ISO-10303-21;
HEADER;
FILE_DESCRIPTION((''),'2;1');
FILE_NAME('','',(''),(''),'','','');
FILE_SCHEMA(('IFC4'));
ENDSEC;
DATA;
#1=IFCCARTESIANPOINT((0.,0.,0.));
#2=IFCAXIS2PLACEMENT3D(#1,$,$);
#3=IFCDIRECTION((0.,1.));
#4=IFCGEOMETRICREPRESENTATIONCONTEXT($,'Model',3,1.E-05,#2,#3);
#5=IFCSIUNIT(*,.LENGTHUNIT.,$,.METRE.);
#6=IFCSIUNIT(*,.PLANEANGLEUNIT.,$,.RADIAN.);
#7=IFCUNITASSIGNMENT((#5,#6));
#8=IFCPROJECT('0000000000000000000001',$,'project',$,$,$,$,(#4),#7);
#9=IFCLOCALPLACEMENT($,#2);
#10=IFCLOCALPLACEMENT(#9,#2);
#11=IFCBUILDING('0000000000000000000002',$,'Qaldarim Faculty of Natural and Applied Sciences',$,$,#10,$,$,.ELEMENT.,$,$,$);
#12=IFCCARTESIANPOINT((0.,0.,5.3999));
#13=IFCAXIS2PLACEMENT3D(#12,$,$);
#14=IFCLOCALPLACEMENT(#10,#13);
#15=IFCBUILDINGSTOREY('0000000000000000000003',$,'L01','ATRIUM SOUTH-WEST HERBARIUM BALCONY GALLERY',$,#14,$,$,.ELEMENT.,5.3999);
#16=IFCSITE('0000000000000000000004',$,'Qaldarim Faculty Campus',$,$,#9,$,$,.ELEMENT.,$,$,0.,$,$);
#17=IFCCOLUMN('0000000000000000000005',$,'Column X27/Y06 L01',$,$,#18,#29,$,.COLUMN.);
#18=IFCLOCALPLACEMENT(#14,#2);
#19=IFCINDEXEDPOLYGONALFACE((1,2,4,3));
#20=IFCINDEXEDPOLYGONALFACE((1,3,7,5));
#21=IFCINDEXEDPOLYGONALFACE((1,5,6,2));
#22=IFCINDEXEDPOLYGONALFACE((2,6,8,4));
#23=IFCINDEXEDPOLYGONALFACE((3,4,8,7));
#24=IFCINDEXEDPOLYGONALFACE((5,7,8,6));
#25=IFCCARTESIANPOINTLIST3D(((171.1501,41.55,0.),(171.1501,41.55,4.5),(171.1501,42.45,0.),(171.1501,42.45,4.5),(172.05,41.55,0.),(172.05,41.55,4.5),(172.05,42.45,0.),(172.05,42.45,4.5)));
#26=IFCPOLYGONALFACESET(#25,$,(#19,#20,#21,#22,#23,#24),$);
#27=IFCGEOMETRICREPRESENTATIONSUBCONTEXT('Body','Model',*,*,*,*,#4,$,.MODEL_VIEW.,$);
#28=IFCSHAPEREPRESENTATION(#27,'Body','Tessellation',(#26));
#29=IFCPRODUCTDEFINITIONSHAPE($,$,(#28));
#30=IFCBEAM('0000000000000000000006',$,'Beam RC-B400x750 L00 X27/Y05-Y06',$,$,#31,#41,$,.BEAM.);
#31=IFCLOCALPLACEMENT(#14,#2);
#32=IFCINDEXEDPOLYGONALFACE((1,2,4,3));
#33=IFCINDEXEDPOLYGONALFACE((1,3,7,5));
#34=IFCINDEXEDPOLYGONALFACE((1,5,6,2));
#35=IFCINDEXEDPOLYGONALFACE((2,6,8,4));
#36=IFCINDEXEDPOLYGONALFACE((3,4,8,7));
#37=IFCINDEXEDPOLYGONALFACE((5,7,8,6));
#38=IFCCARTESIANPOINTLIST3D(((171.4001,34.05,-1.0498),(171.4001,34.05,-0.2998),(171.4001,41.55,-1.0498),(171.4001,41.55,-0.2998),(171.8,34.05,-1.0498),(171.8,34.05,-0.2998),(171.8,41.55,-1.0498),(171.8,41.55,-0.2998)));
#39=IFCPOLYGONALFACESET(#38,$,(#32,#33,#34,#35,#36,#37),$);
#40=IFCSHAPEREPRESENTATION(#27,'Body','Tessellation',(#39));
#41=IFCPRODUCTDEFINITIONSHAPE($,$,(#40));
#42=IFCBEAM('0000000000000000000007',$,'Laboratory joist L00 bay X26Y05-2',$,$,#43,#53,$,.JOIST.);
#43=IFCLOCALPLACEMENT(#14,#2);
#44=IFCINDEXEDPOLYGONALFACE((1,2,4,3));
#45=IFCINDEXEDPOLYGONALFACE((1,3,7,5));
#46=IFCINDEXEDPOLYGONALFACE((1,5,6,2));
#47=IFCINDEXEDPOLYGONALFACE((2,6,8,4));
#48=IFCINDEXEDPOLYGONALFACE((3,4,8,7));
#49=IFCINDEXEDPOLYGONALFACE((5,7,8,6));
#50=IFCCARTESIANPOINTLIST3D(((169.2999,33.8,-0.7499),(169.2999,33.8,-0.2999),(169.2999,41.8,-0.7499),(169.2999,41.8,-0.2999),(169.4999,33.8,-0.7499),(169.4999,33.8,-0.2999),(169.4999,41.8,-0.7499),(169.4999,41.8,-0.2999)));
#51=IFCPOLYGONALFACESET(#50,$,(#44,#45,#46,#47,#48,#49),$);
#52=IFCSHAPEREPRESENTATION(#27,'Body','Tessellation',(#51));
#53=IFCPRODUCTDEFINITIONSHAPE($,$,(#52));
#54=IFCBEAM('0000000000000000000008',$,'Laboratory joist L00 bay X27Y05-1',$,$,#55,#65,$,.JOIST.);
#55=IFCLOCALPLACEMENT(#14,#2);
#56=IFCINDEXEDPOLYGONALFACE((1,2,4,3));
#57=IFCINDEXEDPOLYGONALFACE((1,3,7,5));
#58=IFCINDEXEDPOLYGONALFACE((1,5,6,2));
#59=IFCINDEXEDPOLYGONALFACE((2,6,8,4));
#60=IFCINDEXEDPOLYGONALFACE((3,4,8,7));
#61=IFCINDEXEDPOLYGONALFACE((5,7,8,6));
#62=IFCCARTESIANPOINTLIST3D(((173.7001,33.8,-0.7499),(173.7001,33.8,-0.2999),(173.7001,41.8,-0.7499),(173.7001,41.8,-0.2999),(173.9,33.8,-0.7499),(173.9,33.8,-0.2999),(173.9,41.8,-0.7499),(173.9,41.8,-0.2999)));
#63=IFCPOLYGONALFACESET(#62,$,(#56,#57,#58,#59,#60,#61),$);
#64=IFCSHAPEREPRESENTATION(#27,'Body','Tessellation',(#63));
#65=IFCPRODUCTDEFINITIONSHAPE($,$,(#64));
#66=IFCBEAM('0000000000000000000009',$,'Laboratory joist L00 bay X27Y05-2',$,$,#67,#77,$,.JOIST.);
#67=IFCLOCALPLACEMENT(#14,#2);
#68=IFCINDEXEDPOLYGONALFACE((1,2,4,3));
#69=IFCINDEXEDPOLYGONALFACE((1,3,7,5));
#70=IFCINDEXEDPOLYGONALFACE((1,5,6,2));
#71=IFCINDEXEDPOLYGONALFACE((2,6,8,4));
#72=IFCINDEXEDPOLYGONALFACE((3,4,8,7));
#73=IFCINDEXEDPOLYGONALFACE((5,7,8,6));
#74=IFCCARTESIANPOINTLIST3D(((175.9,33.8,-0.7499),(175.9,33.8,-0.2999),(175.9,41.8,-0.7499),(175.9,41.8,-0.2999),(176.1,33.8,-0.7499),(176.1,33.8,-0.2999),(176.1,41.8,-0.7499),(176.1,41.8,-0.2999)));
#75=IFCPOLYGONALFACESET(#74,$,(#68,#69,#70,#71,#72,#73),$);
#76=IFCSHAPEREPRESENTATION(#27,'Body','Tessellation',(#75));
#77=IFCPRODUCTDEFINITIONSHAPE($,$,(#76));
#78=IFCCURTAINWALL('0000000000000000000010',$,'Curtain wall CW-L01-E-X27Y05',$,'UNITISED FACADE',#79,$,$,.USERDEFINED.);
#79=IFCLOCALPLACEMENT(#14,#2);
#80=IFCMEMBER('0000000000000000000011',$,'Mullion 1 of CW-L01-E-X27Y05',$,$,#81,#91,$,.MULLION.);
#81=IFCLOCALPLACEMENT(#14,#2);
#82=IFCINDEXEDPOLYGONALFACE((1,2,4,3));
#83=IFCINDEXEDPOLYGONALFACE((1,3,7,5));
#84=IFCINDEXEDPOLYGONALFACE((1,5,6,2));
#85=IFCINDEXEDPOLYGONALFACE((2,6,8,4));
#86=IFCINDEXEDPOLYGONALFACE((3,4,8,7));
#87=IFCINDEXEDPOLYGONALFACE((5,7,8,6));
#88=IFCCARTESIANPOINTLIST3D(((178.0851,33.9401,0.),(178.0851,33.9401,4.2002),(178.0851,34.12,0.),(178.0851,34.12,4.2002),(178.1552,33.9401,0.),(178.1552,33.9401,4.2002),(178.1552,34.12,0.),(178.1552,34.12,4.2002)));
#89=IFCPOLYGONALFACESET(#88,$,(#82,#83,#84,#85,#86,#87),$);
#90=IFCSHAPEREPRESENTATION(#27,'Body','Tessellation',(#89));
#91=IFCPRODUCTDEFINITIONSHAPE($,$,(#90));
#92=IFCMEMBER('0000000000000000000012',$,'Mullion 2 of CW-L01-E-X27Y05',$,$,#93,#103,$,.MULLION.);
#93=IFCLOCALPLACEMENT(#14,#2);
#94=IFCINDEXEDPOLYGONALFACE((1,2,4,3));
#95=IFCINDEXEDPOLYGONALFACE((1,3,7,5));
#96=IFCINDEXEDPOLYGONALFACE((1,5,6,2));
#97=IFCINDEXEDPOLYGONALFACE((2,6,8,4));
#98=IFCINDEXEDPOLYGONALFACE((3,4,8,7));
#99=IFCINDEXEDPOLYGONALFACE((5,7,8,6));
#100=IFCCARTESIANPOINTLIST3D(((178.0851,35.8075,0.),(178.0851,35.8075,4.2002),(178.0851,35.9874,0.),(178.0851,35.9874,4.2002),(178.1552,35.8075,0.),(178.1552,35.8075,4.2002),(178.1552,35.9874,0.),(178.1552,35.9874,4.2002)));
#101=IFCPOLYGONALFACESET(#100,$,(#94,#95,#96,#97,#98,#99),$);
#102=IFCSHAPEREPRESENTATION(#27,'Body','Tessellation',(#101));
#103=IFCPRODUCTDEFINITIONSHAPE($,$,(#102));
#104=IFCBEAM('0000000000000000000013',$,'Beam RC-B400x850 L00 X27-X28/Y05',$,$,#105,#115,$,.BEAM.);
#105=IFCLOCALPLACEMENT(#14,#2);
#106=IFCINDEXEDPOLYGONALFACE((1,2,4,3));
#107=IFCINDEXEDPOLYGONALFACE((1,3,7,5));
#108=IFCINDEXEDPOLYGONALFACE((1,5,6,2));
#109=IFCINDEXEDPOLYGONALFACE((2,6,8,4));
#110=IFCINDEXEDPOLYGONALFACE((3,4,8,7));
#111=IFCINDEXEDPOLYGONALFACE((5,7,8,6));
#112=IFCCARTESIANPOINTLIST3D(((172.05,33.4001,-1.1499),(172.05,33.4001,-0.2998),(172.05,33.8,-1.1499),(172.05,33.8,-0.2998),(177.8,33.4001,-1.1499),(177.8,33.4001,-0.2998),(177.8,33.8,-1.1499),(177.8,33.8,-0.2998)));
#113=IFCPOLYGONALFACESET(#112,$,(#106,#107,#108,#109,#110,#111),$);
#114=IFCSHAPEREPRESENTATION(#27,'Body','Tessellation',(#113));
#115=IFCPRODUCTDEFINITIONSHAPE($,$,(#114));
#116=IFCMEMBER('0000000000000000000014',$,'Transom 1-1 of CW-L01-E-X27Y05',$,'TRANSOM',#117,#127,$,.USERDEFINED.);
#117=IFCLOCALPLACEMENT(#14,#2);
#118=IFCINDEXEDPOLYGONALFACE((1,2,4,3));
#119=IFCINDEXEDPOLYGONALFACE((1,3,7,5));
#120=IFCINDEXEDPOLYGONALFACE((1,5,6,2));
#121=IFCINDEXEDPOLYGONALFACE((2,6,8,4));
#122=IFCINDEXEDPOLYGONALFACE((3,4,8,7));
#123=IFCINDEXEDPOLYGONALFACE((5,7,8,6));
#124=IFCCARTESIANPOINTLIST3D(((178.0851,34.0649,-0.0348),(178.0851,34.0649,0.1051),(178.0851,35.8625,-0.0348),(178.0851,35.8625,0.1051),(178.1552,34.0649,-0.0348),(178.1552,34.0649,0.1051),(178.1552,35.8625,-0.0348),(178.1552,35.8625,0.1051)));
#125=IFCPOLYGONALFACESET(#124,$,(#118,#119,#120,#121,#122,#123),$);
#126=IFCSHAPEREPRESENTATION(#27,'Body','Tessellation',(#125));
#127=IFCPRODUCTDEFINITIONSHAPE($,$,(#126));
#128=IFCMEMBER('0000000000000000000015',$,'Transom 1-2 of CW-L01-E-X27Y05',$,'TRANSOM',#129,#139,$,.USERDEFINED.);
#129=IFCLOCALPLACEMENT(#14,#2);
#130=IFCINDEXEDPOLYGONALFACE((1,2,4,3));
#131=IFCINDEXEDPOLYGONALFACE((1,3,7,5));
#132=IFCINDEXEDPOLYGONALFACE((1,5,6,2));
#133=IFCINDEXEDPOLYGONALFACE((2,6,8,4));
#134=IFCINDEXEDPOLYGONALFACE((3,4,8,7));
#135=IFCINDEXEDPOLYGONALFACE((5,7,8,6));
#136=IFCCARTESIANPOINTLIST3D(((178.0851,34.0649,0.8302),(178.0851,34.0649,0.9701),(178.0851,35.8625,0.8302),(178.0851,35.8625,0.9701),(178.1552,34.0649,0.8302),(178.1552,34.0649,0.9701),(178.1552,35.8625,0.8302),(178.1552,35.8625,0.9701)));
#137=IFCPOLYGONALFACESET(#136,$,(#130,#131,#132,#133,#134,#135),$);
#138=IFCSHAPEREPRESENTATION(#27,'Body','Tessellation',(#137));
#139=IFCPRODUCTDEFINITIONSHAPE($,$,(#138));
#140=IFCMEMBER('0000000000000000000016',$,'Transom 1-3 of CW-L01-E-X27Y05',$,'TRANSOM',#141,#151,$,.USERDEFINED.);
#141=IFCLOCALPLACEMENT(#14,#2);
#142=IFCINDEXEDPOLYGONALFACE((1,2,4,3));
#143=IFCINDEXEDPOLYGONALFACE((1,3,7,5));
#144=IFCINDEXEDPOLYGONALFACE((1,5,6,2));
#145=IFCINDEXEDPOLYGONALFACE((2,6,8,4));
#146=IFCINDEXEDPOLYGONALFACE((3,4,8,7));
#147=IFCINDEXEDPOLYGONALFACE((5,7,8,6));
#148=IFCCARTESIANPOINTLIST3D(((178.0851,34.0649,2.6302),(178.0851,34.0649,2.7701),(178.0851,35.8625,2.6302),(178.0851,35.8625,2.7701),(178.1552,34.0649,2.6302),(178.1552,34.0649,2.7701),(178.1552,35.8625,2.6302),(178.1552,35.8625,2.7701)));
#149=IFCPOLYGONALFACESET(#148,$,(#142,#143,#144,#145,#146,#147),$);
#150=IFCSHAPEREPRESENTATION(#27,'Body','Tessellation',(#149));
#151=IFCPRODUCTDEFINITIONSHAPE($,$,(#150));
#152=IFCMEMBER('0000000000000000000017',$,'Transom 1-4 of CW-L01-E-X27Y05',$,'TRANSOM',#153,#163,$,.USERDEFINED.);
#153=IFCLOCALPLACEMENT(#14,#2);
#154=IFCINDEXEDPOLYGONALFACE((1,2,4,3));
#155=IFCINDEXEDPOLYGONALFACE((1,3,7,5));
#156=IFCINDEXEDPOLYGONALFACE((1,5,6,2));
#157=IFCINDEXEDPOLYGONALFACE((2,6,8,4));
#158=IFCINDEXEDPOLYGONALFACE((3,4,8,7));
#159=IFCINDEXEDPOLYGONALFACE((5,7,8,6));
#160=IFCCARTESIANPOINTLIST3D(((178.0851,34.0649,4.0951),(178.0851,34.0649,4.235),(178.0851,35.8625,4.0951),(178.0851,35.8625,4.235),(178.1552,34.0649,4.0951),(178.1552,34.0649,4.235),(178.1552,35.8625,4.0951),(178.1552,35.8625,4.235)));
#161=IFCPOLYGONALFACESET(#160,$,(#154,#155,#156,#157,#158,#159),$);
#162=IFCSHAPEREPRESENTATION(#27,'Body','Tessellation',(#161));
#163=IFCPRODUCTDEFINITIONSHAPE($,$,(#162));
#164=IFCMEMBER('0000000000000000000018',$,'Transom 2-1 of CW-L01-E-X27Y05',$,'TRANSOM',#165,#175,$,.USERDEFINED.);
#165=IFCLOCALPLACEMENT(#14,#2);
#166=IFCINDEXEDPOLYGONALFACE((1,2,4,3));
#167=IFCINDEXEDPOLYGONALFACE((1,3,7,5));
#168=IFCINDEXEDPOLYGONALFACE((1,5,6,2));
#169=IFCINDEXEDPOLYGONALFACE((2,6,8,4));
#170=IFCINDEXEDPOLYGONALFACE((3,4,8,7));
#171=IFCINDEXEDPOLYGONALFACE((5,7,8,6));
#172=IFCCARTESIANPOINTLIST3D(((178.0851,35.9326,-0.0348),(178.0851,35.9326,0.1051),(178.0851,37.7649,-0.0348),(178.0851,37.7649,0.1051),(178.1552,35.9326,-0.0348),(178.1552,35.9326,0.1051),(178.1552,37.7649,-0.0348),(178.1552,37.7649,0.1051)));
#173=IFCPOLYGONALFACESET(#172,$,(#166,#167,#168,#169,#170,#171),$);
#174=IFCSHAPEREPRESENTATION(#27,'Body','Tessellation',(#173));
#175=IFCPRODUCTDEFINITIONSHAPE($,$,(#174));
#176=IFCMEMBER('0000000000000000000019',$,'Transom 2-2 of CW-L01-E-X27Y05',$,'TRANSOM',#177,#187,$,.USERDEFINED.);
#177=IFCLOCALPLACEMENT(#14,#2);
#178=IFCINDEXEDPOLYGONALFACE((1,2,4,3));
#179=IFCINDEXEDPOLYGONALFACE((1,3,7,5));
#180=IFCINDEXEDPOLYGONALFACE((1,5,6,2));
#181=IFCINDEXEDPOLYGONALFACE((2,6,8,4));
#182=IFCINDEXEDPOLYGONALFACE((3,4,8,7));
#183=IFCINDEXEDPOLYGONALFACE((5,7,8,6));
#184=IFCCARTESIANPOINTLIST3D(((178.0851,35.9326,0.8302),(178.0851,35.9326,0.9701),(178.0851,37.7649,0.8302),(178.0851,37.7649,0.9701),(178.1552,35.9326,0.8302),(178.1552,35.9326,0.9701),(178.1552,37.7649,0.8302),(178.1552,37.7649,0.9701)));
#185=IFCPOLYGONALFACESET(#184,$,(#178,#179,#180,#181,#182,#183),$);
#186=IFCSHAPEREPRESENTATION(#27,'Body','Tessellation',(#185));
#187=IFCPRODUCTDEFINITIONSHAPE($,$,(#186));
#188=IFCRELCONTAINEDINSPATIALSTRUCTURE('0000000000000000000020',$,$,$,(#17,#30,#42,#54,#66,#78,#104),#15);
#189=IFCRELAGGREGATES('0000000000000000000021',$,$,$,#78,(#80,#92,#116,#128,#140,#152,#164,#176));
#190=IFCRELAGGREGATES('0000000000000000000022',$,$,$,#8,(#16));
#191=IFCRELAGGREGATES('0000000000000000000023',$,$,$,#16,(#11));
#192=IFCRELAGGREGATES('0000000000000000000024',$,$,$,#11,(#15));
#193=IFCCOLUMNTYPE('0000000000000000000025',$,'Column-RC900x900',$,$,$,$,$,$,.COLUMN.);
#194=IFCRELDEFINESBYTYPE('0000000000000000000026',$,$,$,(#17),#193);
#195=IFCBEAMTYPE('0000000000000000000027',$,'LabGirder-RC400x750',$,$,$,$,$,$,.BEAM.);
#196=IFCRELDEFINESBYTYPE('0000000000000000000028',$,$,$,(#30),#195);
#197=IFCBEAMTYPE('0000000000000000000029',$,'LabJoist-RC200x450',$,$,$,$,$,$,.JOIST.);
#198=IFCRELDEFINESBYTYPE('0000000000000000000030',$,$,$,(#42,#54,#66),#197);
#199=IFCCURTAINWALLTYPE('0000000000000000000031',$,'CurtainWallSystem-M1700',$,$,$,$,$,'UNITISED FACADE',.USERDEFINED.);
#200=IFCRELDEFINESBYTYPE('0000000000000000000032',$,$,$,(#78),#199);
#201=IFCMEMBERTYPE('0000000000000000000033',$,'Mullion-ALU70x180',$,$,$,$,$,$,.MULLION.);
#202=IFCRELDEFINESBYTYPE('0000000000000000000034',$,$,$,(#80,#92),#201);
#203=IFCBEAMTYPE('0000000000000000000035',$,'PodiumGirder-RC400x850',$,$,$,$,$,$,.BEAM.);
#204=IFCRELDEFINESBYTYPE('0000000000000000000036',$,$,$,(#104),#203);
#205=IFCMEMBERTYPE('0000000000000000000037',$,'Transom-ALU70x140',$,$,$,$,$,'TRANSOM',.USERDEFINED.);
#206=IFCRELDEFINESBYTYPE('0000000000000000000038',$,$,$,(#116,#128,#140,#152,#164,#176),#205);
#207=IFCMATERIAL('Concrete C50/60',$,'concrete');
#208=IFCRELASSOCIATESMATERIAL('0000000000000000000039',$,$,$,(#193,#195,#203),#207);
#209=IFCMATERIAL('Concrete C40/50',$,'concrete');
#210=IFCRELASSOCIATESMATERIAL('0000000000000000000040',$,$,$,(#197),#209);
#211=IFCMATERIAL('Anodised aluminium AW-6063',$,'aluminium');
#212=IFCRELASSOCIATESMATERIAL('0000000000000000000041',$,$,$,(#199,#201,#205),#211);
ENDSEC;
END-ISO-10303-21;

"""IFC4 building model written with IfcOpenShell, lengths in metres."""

from ifc_helpers import new_model, si_unit, direction, frame, origin, origin_2d, place, context, subcontext, project, spatial, rectangle, extrude, material, material_profile, profile_set, type_object, element, aggregate, save


model = new_model("IFC4")

# Units and contexts
model_context = context("Model", 3, precision=1e-05, world=origin(), true_north=direction((0.0, 1.0)))
body_context = subcontext(model_context, "Body", "Model", "MODEL_VIEW")
ifc_project = project(units=[si_unit("LENGTHUNIT", "METRE"), si_unit("PLANEANGLEUNIT", "RADIAN")], contexts=[model_context])

# Site, building, storey
site_placement = place(None, origin())
site = spatial("IfcSite", under=ifc_project, at=site_placement, Name="Qaldarim Faculty Campus", CompositionType="ELEMENT", RefElevation=0.0)
building_placement = place(site_placement, origin())
building = spatial("IfcBuilding", under=site, at=building_placement, Name="Qaldarim Faculty of Natural and Applied Sciences", CompositionType="ELEMENT")
storey_placement = place(building_placement, frame((0.0, 0.0, 5.3999)))
storey = spatial("IfcBuildingStorey", under=building, at=storey_placement, Name="L01", Description="ATRIUM SOUTH-WEST HERBARIUM BALCONY GALLERY", CompositionType="ELEMENT", Elevation=5.3999)

# Column
ifc_material_1 = material(Name="Concrete C50/60", Category="concrete")
ifc_material_profile_1 = material_profile(ifc_material_1, rectangle(XDim=0.8999, YDim=0.8999, at=origin_2d()), Name="RC-C900x900")
ifc_profile_set_1 = profile_set([ifc_material_profile_1], Name="Concrete C50/60")
column_type = type_object("IfcColumnType", Name="Column-RC900x900", PredefinedType="COLUMN", material=ifc_profile_set_1)
column_placement = place(storey_placement, frame((171.6001, 42.0, 0.0), z_axis=(0.0, 0.0, 1.0), x_axis=(1.0, 0.0, 0.0)))
element("IfcColumn", 1, at=column_placement, inside=storey, type_object=column_type, Name="Column X27/Y06 L01", PredefinedType="COLUMN", context=body_context, shape_type="SweptSolid", body=[
    extrude(rectangle(XDim=0.8999, YDim=0.8999, at=origin_2d()), origin(), (0.0, 0.0, 1.0), 4.5),
])

# Beams
ifc_material_profile_2 = material_profile(ifc_material_1, rectangle(XDim=0.3999, YDim=0.75, at=origin_2d()), Name="RC-B400x750")
ifc_profile_set_2 = profile_set([ifc_material_profile_2], Name="Concrete C50/60")
beam_type_1 = type_object("IfcBeamType", Name="LabGirder-RC400x750", PredefinedType="BEAM", material=ifc_profile_set_2)
beam_1_placement = place(storey_placement, frame((171.6001, 34.05, -0.6748), z_axis=(0.0, 1.0, 0.0), x_axis=(-1.0, 0.0, 0.0)))
element("IfcBeam", 2, at=beam_1_placement, inside=storey, type_object=beam_type_1, Name="Beam RC-B400x750 L00 X27/Y05-Y06", PredefinedType="BEAM", context=body_context, shape_type="SweptSolid", body=[
    extrude(rectangle(XDim=0.3999, YDim=0.75, at=origin_2d()), origin(), (0.0, 0.0, 1.0), 7.5),
])
ifc_material_2 = material(Name="Concrete C40/50", Category="concrete")
ifc_material_profile_3 = material_profile(ifc_material_2, rectangle(XDim=0.2, YDim=0.45, at=origin_2d()), Name="RC-J200x450")
ifc_profile_set_3 = profile_set([ifc_material_profile_3], Name="Concrete C40/50")
beam_type_2 = type_object("IfcBeamType", Name="LabJoist-RC200x450", PredefinedType="JOIST", material=ifc_profile_set_3)
for number, where, z_axis, x_axis, name in (
    (3, (169.3999, 33.8, -0.5249), (0.0, 1.0, 0.0), (-1.0, 0.0, 0.0), "Laboratory joist L00 bay X26Y05-2"),
    (4, (173.8, 33.8, -0.5249), (0.0, 1.0, 0.0), (-1.0, 0.0, 0.0), "Laboratory joist L00 bay X27Y05-1"),
    (5, (176.0, 33.8, -0.5249), (0.0, 1.0, 0.0), (-1.0, 0.0, 0.0), "Laboratory joist L00 bay X27Y05-2"),
):
    element("IfcBeam", number, at=place(storey_placement, frame(where, z_axis=z_axis, x_axis=x_axis)), inside=storey, type_object=beam_type_2, Name=name, PredefinedType="JOIST", context=body_context, shape_type="SweptSolid", body=[
        extrude(rectangle(XDim=0.2, YDim=0.45, at=origin_2d()), origin(), (0.0, 0.0, 1.0), 8.0),
    ])

# Curtain wall, members
ifc_material_3 = material(Name="Anodised aluminium AW-6063", Category="aluminium")
curtain_wall_type = type_object("IfcCurtainWallType", Name="CurtainWallSystem-M1700", ElementType="UNITISED FACADE", PredefinedType="USERDEFINED", material=ifc_material_3)
curtain_wall_placement = place(storey_placement, origin())
curtain_wall = element("IfcCurtainWall", 6, at=curtain_wall_placement, inside=storey, type_object=curtain_wall_type, Name="Curtain wall CW-L01-E-X27Y05", ObjectType="UNITISED FACADE", PredefinedType="USERDEFINED")
ifc_material_profile_4 = material_profile(ifc_material_3, rectangle(XDim=0.0701, YDim=0.1799, at=origin_2d()), Name="ALU-M70x180")
ifc_profile_set_4 = profile_set([ifc_material_profile_4], Name="Anodised aluminium AW-6063")
member_type_1 = type_object("IfcMemberType", Name="Mullion-ALU70x180", PredefinedType="MULLION", material=ifc_profile_set_4)
member_1_placement = place(storey_placement, frame((178.1201, 34.03, 0.0), z_axis=(0.0, 0.0, 1.0), x_axis=(-1.0, 0.0, 0.0)))
member_1 = element("IfcMember", 7, at=member_1_placement, type_object=member_type_1, Name="Mullion 1 of CW-L01-E-X27Y05", PredefinedType="MULLION", context=body_context, shape_type="SweptSolid", body=[
    extrude(rectangle(XDim=0.0701, YDim=0.1799, at=origin_2d()), origin(), (0.0, 0.0, 1.0), 4.2002),
])
member_2_placement = place(storey_placement, frame((178.1201, 35.8975, 0.0), z_axis=(0.0, 0.0, 1.0), x_axis=(-1.0, 0.0, 0.0)))
member_2 = element("IfcMember", 8, at=member_2_placement, type_object=member_type_1, Name="Mullion 2 of CW-L01-E-X27Y05", PredefinedType="MULLION", context=body_context, shape_type="SweptSolid", body=[
    extrude(rectangle(XDim=0.0701, YDim=0.1799, at=origin_2d()), origin(), (0.0, 0.0, 1.0), 4.2002),
])

# Beam
ifc_material_profile_5 = material_profile(ifc_material_1, rectangle(XDim=0.3999, YDim=0.8501, at=origin_2d()), Name="RC-B400x850")
ifc_profile_set_5 = profile_set([ifc_material_profile_5], Name="Concrete C50/60")
beam_type_3 = type_object("IfcBeamType", Name="PodiumGirder-RC400x850", PredefinedType="BEAM", material=ifc_profile_set_5)
beam_2_placement = place(storey_placement, frame((172.05, 33.6001, -0.7249), z_axis=(1.0, 0.0, 0.0), x_axis=(0.0, 1.0, 0.0)))
element("IfcBeam", 9, at=beam_2_placement, inside=storey, type_object=beam_type_3, Name="Beam RC-B400x850 L00 X27-X28/Y05", PredefinedType="BEAM", context=body_context, shape_type="SweptSolid", body=[
    extrude(rectangle(XDim=0.3999, YDim=0.8501, at=origin_2d()), origin(), (0.0, 0.0, 1.0), 5.75),
])

# Members
ifc_material_profile_6 = material_profile(ifc_material_3, rectangle(XDim=0.0701, YDim=0.1399, at=origin_2d()), Name="ALU-T70x140")
ifc_profile_set_6 = profile_set([ifc_material_profile_6], Name="Anodised aluminium AW-6063")
member_type_2 = type_object("IfcMemberType", Name="Transom-ALU70x140", ElementType="TRANSOM", PredefinedType="USERDEFINED", material=ifc_profile_set_6)
member_3_placement = place(storey_placement, frame((178.1201, 34.0649, 0.0352), z_axis=(0.0, 1.0, 0.0), x_axis=(-1.0, 0.0, 0.0)))
member_3 = element("IfcMember", 10, at=member_3_placement, type_object=member_type_2, Name="Transom 1-1 of CW-L01-E-X27Y05", ObjectType="TRANSOM", PredefinedType="USERDEFINED", context=body_context, shape_type="SweptSolid", body=[
    extrude(rectangle(XDim=0.0701, YDim=0.1399, at=origin_2d()), origin(), (0.0, 0.0, 1.0), 1.7976),
])
member_4_placement = place(storey_placement, frame((178.1201, 34.0649, 0.9001), z_axis=(0.0, 1.0, 0.0), x_axis=(-1.0, 0.0, 0.0)))
member_4 = element("IfcMember", 11, at=member_4_placement, type_object=member_type_2, Name="Transom 1-2 of CW-L01-E-X27Y05", ObjectType="TRANSOM", PredefinedType="USERDEFINED", context=body_context, shape_type="SweptSolid", body=[
    extrude(rectangle(XDim=0.0701, YDim=0.1399, at=origin_2d()), origin(), (0.0, 0.0, 1.0), 1.7976),
])
member_5_placement = place(storey_placement, frame((178.1201, 34.0649, 2.7002), z_axis=(0.0, 1.0, 0.0), x_axis=(-1.0, 0.0, 0.0)))
member_5 = element("IfcMember", 12, at=member_5_placement, type_object=member_type_2, Name="Transom 1-3 of CW-L01-E-X27Y05", ObjectType="TRANSOM", PredefinedType="USERDEFINED", context=body_context, shape_type="SweptSolid", body=[
    extrude(rectangle(XDim=0.0701, YDim=0.1399, at=origin_2d()), origin(), (0.0, 0.0, 1.0), 1.7976),
])
member_6_placement = place(storey_placement, frame((178.1201, 34.0649, 4.165), z_axis=(0.0, 1.0, 0.0), x_axis=(-1.0, 0.0, 0.0)))
member_6 = element("IfcMember", 13, at=member_6_placement, type_object=member_type_2, Name="Transom 1-4 of CW-L01-E-X27Y05", ObjectType="TRANSOM", PredefinedType="USERDEFINED", context=body_context, shape_type="SweptSolid", body=[
    extrude(rectangle(XDim=0.0701, YDim=0.1399, at=origin_2d()), origin(), (0.0, 0.0, 1.0), 1.7976),
])
member_7_placement = place(storey_placement, frame((178.1201, 35.9326, 0.0352), z_axis=(0.0, 1.0, 0.0), x_axis=(-1.0, 0.0, 0.0)))
member_7 = element("IfcMember", 14, at=member_7_placement, type_object=member_type_2, Name="Transom 2-1 of CW-L01-E-X27Y05", ObjectType="TRANSOM", PredefinedType="USERDEFINED", context=body_context, shape_type="SweptSolid", body=[
    extrude(rectangle(XDim=0.0701, YDim=0.1399, at=origin_2d()), origin(), (0.0, 0.0, 1.0), 1.8323),
])
member_8_placement = place(storey_placement, frame((178.1201, 35.9326, 0.9001), z_axis=(0.0, 1.0, 0.0), x_axis=(-1.0, 0.0, 0.0)))
member_8 = element("IfcMember", 15, at=member_8_placement, type_object=member_type_2, Name="Transom 2-2 of CW-L01-E-X27Y05", ObjectType="TRANSOM", PredefinedType="USERDEFINED", context=body_context, shape_type="SweptSolid", body=[
    extrude(rectangle(XDim=0.0701, YDim=0.1399, at=origin_2d()), origin(), (0.0, 0.0, 1.0), 1.8323),
])

aggregate(curtain_wall, [member_1, member_2, member_3, member_4, member_5, member_6, member_7, member_8])

save(model, "model.ifc")
